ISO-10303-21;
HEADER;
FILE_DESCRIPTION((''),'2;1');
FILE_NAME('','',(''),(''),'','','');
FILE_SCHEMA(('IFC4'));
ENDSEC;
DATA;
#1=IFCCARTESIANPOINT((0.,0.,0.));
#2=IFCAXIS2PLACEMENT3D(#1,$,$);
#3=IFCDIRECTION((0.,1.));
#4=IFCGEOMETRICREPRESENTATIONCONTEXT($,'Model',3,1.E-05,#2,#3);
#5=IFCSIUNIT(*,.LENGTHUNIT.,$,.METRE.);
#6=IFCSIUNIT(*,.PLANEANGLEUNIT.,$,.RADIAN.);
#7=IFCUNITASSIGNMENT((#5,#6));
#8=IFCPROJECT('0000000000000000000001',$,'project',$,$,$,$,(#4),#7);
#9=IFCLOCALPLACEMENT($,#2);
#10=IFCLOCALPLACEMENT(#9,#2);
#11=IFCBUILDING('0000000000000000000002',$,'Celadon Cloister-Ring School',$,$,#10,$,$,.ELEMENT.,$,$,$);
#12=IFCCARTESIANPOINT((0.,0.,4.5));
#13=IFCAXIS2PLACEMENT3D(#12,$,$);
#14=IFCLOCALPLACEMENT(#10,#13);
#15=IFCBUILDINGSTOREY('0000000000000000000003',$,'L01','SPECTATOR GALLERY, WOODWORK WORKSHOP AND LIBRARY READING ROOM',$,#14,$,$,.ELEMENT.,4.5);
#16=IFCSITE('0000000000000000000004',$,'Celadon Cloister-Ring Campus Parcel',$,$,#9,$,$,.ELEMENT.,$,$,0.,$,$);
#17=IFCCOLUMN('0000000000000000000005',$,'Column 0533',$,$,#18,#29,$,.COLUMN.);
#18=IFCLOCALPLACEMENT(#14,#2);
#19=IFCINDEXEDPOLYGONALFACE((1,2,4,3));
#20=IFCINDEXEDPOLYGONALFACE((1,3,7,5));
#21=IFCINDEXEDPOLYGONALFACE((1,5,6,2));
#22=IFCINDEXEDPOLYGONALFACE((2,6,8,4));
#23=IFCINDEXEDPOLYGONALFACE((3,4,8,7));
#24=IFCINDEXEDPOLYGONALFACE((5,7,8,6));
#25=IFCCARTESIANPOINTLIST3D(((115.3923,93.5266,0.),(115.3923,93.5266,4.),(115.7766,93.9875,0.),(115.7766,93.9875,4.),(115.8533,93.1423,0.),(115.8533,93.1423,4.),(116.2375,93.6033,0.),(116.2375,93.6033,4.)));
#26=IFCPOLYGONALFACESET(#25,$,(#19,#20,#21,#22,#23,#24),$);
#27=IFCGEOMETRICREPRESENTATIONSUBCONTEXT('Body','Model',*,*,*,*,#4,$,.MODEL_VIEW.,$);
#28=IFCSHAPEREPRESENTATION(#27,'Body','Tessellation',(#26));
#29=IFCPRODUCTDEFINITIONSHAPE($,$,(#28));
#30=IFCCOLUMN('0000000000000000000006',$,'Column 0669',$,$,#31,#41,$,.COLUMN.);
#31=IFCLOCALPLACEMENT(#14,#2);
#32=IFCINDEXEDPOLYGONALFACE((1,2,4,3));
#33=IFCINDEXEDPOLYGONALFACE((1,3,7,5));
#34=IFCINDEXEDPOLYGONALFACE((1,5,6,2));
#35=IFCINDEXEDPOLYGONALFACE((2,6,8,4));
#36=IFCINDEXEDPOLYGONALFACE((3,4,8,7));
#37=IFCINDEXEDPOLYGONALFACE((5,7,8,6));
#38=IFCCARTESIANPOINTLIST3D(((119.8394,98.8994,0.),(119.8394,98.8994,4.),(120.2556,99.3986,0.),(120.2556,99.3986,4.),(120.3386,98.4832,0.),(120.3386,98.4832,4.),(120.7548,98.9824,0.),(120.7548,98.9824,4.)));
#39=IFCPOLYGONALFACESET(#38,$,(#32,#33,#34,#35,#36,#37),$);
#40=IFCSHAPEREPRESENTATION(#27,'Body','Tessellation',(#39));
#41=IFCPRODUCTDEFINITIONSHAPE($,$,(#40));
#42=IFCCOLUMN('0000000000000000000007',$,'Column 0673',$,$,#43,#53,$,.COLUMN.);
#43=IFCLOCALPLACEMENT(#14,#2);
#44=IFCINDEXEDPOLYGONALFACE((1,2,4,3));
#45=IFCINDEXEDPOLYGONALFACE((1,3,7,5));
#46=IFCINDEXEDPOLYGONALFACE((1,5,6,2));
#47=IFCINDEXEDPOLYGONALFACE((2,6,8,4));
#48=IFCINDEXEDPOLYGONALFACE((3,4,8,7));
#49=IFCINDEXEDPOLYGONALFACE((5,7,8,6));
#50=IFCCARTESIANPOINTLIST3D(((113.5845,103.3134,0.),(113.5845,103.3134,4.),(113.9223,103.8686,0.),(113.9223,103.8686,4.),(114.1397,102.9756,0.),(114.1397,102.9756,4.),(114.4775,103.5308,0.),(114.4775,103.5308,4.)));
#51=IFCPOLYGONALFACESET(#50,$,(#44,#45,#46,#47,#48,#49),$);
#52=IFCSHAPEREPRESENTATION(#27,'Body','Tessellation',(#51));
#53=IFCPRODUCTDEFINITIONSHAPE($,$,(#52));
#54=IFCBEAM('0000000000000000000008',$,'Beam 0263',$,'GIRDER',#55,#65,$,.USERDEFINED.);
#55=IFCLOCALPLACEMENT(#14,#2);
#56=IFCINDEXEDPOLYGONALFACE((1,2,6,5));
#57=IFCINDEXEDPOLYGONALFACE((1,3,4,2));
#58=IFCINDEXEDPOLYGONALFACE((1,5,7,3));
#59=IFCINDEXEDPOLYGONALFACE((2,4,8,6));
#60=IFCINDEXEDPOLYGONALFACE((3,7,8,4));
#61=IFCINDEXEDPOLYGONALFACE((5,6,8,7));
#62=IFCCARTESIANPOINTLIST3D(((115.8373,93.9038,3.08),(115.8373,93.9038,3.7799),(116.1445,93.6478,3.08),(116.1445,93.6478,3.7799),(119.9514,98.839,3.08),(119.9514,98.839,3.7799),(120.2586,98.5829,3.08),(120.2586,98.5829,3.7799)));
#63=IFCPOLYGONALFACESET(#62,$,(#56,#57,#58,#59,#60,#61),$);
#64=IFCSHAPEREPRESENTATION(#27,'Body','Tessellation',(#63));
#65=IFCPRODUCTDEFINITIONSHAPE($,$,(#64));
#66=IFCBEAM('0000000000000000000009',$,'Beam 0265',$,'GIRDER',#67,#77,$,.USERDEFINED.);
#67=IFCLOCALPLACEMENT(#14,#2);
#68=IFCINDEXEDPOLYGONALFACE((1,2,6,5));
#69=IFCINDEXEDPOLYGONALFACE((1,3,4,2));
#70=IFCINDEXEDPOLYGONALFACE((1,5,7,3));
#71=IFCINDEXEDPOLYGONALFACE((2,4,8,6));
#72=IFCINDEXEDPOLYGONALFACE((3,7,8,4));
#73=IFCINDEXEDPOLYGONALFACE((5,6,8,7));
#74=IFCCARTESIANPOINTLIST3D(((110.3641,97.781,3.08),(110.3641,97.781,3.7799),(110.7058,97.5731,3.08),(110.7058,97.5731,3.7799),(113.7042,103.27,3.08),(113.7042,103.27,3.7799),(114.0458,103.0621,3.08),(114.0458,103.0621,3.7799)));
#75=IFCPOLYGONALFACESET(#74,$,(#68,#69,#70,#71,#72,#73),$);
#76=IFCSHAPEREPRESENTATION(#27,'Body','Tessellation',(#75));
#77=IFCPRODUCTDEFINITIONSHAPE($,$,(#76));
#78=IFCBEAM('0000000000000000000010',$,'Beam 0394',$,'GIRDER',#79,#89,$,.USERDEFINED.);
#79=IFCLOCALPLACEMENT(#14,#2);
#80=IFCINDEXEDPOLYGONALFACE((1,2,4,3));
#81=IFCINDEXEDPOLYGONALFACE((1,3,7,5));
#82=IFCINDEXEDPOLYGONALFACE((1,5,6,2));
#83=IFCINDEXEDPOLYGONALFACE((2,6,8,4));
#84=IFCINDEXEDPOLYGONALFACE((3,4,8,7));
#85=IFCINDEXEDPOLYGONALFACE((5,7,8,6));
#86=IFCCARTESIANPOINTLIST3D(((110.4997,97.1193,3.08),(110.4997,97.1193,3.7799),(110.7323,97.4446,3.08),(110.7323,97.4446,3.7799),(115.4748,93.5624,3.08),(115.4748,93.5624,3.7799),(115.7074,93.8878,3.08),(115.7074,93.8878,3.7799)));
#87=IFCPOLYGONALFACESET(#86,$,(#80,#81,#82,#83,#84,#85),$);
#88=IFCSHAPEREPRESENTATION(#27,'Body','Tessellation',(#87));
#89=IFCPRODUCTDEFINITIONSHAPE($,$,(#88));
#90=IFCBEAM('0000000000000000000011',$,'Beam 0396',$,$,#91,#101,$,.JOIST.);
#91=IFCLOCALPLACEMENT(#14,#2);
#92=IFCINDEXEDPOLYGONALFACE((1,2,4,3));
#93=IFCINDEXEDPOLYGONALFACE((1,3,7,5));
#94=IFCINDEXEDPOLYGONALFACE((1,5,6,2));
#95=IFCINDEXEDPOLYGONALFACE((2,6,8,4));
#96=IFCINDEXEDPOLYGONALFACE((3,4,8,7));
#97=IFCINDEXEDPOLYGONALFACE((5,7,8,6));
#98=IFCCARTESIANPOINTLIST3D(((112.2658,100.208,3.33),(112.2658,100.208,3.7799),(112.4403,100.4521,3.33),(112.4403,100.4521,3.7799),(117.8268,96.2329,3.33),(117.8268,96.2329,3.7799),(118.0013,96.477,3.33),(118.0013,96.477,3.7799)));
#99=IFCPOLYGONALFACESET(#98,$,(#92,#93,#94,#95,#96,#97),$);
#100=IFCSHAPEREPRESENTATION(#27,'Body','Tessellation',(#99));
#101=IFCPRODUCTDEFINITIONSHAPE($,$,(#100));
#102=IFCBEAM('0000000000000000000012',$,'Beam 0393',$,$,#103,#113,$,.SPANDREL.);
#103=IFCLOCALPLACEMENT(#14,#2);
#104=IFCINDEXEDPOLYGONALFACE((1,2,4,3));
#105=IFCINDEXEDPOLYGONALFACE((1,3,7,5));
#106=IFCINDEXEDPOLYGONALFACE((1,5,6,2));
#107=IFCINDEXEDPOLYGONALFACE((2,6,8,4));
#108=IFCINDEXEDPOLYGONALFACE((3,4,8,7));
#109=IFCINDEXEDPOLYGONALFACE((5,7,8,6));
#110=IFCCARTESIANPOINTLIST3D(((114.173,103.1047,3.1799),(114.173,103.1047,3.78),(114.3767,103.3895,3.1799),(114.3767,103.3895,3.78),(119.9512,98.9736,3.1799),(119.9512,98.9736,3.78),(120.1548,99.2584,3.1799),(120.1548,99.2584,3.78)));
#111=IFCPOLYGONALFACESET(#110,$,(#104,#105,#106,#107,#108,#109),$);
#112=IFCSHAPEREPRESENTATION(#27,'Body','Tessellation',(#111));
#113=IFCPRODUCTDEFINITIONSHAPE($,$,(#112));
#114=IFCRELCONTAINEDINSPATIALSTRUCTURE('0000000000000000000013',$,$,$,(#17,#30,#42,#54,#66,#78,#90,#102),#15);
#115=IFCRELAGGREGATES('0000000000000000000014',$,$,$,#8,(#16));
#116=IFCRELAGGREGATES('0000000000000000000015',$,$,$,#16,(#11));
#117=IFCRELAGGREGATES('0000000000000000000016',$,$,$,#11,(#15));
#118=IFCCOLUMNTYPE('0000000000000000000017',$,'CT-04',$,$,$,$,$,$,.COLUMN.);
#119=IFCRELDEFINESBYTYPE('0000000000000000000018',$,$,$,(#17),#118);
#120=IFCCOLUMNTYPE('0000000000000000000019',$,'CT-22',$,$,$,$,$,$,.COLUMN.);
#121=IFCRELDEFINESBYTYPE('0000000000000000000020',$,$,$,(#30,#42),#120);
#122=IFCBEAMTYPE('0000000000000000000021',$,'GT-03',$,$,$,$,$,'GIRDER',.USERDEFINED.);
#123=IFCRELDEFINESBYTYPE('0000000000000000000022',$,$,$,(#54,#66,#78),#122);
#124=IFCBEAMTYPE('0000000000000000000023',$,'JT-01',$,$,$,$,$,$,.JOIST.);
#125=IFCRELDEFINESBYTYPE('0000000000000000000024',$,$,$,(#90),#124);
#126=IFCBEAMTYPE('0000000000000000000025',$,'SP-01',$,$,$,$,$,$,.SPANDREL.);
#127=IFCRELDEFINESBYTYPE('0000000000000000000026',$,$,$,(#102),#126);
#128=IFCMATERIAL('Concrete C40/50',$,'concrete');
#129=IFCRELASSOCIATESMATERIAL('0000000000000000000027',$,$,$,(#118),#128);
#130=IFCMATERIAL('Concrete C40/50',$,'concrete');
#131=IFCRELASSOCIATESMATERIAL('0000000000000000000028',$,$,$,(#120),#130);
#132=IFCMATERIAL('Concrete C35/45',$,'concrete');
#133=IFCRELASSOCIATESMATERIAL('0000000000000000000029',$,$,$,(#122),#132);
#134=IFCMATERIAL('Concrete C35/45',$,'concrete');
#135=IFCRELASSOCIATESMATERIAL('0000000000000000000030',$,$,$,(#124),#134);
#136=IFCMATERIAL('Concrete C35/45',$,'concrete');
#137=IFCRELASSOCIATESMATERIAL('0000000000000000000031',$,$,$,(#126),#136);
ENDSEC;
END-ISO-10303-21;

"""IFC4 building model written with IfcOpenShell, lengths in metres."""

from ifc_helpers import new_model, si_unit, direction, frame, origin, origin_2d, place, context, subcontext, project, spatial, rectangle, extrude, material, material_profile, profile_set, type_object, element, save


model = new_model("IFC4")

# Units and contexts
model_context = context("Model", 3, precision=1e-05, world=origin(), true_north=direction((0.0, 1.0)))
body_context = subcontext(model_context, "Body", "Model", "MODEL_VIEW")
ifc_project = project(units=[si_unit("LENGTHUNIT", "METRE"), si_unit("PLANEANGLEUNIT", "RADIAN")], contexts=[model_context])

# Site, building, storey
site_placement = place(None, origin())
site = spatial("IfcSite", under=ifc_project, at=site_placement, Name="Celadon Cloister-Ring Campus Parcel", CompositionType="ELEMENT", RefElevation=0.0)
building_placement = place(site_placement, origin())
building = spatial("IfcBuilding", under=site, at=building_placement, Name="Celadon Cloister-Ring School", CompositionType="ELEMENT")
storey_placement = place(building_placement, frame((0.0, 0.0, 4.5)))
storey = spatial("IfcBuildingStorey", under=building, at=storey_placement, Name="L01", Description="SPECTATOR GALLERY, WOODWORK WORKSHOP AND LIBRARY READING ROOM", CompositionType="ELEMENT", Elevation=4.5)

# Columns
ifc_material_1 = material(Name="Concrete C40/50", Category="concrete")
ifc_material_profile_1 = material_profile(ifc_material_1, rectangle(XDim=0.6001, YDim=0.6001, at=origin_2d()), Name="RC600X600")
ifc_profile_set_1 = profile_set([ifc_material_profile_1], Name="Concrete C40/50")
column_type_1 = type_object("IfcColumnType", Name="CT-04", PredefinedType="COLUMN", material=ifc_profile_set_1)
column_placement = place(storey_placement, frame((115.8149, 93.5649, 0.0), z_axis=(0.0, 0.0, 1.0), x_axis=(0.640324, 0.768105, 0.0)))
element("IfcColumn", 1, at=column_placement, inside=storey, type_object=column_type_1, Name="Column 0533", PredefinedType="COLUMN", context=body_context, shape_type="SweptSolid", body=[
    extrude(rectangle(XDim=0.6001, YDim=0.6001, at=origin_2d()), origin(), (0.0, 0.0, 1.0), 4.0),
])
ifc_material_2 = material(Name="Concrete C40/50", Category="concrete")
ifc_material_profile_2 = material_profile(ifc_material_2, rectangle(XDim=0.6499, YDim=0.6499, at=origin_2d()), Name="RC650X650")
ifc_profile_set_2 = profile_set([ifc_material_profile_2], Name="Concrete C40/50")
column_type_2 = type_object("IfcColumnType", Name="CT-22", PredefinedType="COLUMN", material=ifc_profile_set_2)
for number, where, z_axis, x_axis, name in (
    (2, (120.2971, 98.9409, 0.0), (0.0, 0.0, 1.0), (0.640324, 0.768105, 0.0), "Column 0669"),
    (3, (114.031, 103.4221, 0.0), (0.0, 0.0, 1.0), (0.519817, 0.854277, 0.0), "Column 0673"),
):
    element("IfcColumn", number, at=place(storey_placement, frame(where, z_axis=z_axis, x_axis=x_axis)), inside=storey, type_object=column_type_2, Name=name, PredefinedType="COLUMN", context=body_context, shape_type="SweptSolid", body=[
        extrude(rectangle(XDim=0.6499, YDim=0.6499, at=origin_2d()), origin(), (0.0, 0.0, 1.0), 4.0),
    ])

# Beams
ifc_material_3 = material(Name="Concrete C35/45", Category="concrete")
ifc_material_profile_3 = material_profile(ifc_material_3, rectangle(XDim=0.3999, YDim=0.7, at=origin_2d()), Name="RC400X700")
ifc_profile_set_3 = profile_set([ifc_material_profile_3], Name="Concrete C35/45")
beam_type_1 = type_object("IfcBeamType", Name="GT-03", ElementType="GIRDER", PredefinedType="USERDEFINED", material=ifc_profile_set_3)
beam_1_placement = place(storey_placement, frame((120.105, 98.7109, 3.4299), z_axis=(-0.640319, -0.768109, 0.0), x_axis=(0.768109, -0.640319, 0.0)))
element("IfcBeam", 4, at=beam_1_placement, inside=storey, type_object=beam_type_1, Name="Beam 0263", ObjectType="GIRDER", PredefinedType="USERDEFINED", context=body_context, shape_type="SweptSolid", body=[
    extrude(rectangle(XDim=0.3999, YDim=0.7, at=origin_2d()), origin(), (0.0, 0.0, 1.0), 6.425),
])
beam_2_placement = place(storey_placement, frame((113.875, 103.166, 3.4299), z_axis=(-0.519828, -0.854271, 0.0), x_axis=(0.854271, -0.519828, 0.0)))
element("IfcBeam", 5, at=beam_2_placement, inside=storey, type_object=beam_type_1, Name="Beam 0265", ObjectType="GIRDER", PredefinedType="USERDEFINED", context=body_context, shape_type="SweptSolid", body=[
    extrude(rectangle(XDim=0.3999, YDim=0.7, at=origin_2d()), origin(), (0.0, 0.0, 1.0), 6.4253),
])
beam_3_placement = place(storey_placement, frame((115.5911, 93.7251, 3.4299), z_axis=(-0.813483, 0.581589, 0.0), x_axis=(-0.581589, -0.813483, 0.0)))
element("IfcBeam", 6, at=beam_3_placement, inside=storey, type_object=beam_type_1, Name="Beam 0394", ObjectType="GIRDER", PredefinedType="USERDEFINED", context=body_context, shape_type="SweptSolid", body=[
    extrude(rectangle(XDim=0.3999, YDim=0.7, at=origin_2d()), origin(), (0.0, 0.0, 1.0), 6.1157),
])
ifc_material_4 = material(Name="Concrete C35/45", Category="concrete")
ifc_material_profile_4 = material_profile(ifc_material_4, rectangle(XDim=0.3, YDim=0.45, at=origin_2d()), Name="RC300X450")
ifc_profile_set_4 = profile_set([ifc_material_profile_4], Name="Concrete C35/45")
beam_type_2 = type_object("IfcBeamType", Name="JT-01", PredefinedType="JOIST", material=ifc_profile_set_4)
beam_4_placement = place(storey_placement, frame((117.9141, 96.355, 3.5549), z_axis=(-0.813531, 0.581522, 0.0), x_axis=(-0.581522, -0.813531, 0.0)))
element("IfcBeam", 7, at=beam_4_placement, inside=storey, type_object=beam_type_2, Name="Beam 0396", PredefinedType="JOIST", context=body_context, shape_type="SweptSolid", body=[
    extrude(rectangle(XDim=0.3, YDim=0.45, at=origin_2d()), origin(), (0.0, 0.0, 1.0), 6.8357),
])
ifc_material_5 = material(Name="Concrete C35/45", Category="concrete")
ifc_material_profile_5 = material_profile(ifc_material_5, rectangle(XDim=0.3501, YDim=0.6001, at=origin_2d()), Name="RC350X600")
ifc_profile_set_5 = profile_set([ifc_material_profile_5], Name="Concrete C35/45")
beam_type_3 = type_object("IfcBeamType", Name="SP-01", PredefinedType="SPANDREL", material=ifc_profile_set_5)
beam_5_placement = place(storey_placement, frame((120.053, 99.116, 3.48), z_axis=(-0.813473, 0.581602, 0.0), x_axis=(-0.581602, -0.813473, 0.0)))
element("IfcBeam", 8, at=beam_5_placement, inside=storey, type_object=beam_type_3, Name="Beam 0393", PredefinedType="SPANDREL", context=body_context, shape_type="SweptSolid", body=[
    extrude(rectangle(XDim=0.3501, YDim=0.6001, at=origin_2d()), origin(), (0.0, 0.0, 1.0), 7.103),
])

save(model, "model.ifc")
